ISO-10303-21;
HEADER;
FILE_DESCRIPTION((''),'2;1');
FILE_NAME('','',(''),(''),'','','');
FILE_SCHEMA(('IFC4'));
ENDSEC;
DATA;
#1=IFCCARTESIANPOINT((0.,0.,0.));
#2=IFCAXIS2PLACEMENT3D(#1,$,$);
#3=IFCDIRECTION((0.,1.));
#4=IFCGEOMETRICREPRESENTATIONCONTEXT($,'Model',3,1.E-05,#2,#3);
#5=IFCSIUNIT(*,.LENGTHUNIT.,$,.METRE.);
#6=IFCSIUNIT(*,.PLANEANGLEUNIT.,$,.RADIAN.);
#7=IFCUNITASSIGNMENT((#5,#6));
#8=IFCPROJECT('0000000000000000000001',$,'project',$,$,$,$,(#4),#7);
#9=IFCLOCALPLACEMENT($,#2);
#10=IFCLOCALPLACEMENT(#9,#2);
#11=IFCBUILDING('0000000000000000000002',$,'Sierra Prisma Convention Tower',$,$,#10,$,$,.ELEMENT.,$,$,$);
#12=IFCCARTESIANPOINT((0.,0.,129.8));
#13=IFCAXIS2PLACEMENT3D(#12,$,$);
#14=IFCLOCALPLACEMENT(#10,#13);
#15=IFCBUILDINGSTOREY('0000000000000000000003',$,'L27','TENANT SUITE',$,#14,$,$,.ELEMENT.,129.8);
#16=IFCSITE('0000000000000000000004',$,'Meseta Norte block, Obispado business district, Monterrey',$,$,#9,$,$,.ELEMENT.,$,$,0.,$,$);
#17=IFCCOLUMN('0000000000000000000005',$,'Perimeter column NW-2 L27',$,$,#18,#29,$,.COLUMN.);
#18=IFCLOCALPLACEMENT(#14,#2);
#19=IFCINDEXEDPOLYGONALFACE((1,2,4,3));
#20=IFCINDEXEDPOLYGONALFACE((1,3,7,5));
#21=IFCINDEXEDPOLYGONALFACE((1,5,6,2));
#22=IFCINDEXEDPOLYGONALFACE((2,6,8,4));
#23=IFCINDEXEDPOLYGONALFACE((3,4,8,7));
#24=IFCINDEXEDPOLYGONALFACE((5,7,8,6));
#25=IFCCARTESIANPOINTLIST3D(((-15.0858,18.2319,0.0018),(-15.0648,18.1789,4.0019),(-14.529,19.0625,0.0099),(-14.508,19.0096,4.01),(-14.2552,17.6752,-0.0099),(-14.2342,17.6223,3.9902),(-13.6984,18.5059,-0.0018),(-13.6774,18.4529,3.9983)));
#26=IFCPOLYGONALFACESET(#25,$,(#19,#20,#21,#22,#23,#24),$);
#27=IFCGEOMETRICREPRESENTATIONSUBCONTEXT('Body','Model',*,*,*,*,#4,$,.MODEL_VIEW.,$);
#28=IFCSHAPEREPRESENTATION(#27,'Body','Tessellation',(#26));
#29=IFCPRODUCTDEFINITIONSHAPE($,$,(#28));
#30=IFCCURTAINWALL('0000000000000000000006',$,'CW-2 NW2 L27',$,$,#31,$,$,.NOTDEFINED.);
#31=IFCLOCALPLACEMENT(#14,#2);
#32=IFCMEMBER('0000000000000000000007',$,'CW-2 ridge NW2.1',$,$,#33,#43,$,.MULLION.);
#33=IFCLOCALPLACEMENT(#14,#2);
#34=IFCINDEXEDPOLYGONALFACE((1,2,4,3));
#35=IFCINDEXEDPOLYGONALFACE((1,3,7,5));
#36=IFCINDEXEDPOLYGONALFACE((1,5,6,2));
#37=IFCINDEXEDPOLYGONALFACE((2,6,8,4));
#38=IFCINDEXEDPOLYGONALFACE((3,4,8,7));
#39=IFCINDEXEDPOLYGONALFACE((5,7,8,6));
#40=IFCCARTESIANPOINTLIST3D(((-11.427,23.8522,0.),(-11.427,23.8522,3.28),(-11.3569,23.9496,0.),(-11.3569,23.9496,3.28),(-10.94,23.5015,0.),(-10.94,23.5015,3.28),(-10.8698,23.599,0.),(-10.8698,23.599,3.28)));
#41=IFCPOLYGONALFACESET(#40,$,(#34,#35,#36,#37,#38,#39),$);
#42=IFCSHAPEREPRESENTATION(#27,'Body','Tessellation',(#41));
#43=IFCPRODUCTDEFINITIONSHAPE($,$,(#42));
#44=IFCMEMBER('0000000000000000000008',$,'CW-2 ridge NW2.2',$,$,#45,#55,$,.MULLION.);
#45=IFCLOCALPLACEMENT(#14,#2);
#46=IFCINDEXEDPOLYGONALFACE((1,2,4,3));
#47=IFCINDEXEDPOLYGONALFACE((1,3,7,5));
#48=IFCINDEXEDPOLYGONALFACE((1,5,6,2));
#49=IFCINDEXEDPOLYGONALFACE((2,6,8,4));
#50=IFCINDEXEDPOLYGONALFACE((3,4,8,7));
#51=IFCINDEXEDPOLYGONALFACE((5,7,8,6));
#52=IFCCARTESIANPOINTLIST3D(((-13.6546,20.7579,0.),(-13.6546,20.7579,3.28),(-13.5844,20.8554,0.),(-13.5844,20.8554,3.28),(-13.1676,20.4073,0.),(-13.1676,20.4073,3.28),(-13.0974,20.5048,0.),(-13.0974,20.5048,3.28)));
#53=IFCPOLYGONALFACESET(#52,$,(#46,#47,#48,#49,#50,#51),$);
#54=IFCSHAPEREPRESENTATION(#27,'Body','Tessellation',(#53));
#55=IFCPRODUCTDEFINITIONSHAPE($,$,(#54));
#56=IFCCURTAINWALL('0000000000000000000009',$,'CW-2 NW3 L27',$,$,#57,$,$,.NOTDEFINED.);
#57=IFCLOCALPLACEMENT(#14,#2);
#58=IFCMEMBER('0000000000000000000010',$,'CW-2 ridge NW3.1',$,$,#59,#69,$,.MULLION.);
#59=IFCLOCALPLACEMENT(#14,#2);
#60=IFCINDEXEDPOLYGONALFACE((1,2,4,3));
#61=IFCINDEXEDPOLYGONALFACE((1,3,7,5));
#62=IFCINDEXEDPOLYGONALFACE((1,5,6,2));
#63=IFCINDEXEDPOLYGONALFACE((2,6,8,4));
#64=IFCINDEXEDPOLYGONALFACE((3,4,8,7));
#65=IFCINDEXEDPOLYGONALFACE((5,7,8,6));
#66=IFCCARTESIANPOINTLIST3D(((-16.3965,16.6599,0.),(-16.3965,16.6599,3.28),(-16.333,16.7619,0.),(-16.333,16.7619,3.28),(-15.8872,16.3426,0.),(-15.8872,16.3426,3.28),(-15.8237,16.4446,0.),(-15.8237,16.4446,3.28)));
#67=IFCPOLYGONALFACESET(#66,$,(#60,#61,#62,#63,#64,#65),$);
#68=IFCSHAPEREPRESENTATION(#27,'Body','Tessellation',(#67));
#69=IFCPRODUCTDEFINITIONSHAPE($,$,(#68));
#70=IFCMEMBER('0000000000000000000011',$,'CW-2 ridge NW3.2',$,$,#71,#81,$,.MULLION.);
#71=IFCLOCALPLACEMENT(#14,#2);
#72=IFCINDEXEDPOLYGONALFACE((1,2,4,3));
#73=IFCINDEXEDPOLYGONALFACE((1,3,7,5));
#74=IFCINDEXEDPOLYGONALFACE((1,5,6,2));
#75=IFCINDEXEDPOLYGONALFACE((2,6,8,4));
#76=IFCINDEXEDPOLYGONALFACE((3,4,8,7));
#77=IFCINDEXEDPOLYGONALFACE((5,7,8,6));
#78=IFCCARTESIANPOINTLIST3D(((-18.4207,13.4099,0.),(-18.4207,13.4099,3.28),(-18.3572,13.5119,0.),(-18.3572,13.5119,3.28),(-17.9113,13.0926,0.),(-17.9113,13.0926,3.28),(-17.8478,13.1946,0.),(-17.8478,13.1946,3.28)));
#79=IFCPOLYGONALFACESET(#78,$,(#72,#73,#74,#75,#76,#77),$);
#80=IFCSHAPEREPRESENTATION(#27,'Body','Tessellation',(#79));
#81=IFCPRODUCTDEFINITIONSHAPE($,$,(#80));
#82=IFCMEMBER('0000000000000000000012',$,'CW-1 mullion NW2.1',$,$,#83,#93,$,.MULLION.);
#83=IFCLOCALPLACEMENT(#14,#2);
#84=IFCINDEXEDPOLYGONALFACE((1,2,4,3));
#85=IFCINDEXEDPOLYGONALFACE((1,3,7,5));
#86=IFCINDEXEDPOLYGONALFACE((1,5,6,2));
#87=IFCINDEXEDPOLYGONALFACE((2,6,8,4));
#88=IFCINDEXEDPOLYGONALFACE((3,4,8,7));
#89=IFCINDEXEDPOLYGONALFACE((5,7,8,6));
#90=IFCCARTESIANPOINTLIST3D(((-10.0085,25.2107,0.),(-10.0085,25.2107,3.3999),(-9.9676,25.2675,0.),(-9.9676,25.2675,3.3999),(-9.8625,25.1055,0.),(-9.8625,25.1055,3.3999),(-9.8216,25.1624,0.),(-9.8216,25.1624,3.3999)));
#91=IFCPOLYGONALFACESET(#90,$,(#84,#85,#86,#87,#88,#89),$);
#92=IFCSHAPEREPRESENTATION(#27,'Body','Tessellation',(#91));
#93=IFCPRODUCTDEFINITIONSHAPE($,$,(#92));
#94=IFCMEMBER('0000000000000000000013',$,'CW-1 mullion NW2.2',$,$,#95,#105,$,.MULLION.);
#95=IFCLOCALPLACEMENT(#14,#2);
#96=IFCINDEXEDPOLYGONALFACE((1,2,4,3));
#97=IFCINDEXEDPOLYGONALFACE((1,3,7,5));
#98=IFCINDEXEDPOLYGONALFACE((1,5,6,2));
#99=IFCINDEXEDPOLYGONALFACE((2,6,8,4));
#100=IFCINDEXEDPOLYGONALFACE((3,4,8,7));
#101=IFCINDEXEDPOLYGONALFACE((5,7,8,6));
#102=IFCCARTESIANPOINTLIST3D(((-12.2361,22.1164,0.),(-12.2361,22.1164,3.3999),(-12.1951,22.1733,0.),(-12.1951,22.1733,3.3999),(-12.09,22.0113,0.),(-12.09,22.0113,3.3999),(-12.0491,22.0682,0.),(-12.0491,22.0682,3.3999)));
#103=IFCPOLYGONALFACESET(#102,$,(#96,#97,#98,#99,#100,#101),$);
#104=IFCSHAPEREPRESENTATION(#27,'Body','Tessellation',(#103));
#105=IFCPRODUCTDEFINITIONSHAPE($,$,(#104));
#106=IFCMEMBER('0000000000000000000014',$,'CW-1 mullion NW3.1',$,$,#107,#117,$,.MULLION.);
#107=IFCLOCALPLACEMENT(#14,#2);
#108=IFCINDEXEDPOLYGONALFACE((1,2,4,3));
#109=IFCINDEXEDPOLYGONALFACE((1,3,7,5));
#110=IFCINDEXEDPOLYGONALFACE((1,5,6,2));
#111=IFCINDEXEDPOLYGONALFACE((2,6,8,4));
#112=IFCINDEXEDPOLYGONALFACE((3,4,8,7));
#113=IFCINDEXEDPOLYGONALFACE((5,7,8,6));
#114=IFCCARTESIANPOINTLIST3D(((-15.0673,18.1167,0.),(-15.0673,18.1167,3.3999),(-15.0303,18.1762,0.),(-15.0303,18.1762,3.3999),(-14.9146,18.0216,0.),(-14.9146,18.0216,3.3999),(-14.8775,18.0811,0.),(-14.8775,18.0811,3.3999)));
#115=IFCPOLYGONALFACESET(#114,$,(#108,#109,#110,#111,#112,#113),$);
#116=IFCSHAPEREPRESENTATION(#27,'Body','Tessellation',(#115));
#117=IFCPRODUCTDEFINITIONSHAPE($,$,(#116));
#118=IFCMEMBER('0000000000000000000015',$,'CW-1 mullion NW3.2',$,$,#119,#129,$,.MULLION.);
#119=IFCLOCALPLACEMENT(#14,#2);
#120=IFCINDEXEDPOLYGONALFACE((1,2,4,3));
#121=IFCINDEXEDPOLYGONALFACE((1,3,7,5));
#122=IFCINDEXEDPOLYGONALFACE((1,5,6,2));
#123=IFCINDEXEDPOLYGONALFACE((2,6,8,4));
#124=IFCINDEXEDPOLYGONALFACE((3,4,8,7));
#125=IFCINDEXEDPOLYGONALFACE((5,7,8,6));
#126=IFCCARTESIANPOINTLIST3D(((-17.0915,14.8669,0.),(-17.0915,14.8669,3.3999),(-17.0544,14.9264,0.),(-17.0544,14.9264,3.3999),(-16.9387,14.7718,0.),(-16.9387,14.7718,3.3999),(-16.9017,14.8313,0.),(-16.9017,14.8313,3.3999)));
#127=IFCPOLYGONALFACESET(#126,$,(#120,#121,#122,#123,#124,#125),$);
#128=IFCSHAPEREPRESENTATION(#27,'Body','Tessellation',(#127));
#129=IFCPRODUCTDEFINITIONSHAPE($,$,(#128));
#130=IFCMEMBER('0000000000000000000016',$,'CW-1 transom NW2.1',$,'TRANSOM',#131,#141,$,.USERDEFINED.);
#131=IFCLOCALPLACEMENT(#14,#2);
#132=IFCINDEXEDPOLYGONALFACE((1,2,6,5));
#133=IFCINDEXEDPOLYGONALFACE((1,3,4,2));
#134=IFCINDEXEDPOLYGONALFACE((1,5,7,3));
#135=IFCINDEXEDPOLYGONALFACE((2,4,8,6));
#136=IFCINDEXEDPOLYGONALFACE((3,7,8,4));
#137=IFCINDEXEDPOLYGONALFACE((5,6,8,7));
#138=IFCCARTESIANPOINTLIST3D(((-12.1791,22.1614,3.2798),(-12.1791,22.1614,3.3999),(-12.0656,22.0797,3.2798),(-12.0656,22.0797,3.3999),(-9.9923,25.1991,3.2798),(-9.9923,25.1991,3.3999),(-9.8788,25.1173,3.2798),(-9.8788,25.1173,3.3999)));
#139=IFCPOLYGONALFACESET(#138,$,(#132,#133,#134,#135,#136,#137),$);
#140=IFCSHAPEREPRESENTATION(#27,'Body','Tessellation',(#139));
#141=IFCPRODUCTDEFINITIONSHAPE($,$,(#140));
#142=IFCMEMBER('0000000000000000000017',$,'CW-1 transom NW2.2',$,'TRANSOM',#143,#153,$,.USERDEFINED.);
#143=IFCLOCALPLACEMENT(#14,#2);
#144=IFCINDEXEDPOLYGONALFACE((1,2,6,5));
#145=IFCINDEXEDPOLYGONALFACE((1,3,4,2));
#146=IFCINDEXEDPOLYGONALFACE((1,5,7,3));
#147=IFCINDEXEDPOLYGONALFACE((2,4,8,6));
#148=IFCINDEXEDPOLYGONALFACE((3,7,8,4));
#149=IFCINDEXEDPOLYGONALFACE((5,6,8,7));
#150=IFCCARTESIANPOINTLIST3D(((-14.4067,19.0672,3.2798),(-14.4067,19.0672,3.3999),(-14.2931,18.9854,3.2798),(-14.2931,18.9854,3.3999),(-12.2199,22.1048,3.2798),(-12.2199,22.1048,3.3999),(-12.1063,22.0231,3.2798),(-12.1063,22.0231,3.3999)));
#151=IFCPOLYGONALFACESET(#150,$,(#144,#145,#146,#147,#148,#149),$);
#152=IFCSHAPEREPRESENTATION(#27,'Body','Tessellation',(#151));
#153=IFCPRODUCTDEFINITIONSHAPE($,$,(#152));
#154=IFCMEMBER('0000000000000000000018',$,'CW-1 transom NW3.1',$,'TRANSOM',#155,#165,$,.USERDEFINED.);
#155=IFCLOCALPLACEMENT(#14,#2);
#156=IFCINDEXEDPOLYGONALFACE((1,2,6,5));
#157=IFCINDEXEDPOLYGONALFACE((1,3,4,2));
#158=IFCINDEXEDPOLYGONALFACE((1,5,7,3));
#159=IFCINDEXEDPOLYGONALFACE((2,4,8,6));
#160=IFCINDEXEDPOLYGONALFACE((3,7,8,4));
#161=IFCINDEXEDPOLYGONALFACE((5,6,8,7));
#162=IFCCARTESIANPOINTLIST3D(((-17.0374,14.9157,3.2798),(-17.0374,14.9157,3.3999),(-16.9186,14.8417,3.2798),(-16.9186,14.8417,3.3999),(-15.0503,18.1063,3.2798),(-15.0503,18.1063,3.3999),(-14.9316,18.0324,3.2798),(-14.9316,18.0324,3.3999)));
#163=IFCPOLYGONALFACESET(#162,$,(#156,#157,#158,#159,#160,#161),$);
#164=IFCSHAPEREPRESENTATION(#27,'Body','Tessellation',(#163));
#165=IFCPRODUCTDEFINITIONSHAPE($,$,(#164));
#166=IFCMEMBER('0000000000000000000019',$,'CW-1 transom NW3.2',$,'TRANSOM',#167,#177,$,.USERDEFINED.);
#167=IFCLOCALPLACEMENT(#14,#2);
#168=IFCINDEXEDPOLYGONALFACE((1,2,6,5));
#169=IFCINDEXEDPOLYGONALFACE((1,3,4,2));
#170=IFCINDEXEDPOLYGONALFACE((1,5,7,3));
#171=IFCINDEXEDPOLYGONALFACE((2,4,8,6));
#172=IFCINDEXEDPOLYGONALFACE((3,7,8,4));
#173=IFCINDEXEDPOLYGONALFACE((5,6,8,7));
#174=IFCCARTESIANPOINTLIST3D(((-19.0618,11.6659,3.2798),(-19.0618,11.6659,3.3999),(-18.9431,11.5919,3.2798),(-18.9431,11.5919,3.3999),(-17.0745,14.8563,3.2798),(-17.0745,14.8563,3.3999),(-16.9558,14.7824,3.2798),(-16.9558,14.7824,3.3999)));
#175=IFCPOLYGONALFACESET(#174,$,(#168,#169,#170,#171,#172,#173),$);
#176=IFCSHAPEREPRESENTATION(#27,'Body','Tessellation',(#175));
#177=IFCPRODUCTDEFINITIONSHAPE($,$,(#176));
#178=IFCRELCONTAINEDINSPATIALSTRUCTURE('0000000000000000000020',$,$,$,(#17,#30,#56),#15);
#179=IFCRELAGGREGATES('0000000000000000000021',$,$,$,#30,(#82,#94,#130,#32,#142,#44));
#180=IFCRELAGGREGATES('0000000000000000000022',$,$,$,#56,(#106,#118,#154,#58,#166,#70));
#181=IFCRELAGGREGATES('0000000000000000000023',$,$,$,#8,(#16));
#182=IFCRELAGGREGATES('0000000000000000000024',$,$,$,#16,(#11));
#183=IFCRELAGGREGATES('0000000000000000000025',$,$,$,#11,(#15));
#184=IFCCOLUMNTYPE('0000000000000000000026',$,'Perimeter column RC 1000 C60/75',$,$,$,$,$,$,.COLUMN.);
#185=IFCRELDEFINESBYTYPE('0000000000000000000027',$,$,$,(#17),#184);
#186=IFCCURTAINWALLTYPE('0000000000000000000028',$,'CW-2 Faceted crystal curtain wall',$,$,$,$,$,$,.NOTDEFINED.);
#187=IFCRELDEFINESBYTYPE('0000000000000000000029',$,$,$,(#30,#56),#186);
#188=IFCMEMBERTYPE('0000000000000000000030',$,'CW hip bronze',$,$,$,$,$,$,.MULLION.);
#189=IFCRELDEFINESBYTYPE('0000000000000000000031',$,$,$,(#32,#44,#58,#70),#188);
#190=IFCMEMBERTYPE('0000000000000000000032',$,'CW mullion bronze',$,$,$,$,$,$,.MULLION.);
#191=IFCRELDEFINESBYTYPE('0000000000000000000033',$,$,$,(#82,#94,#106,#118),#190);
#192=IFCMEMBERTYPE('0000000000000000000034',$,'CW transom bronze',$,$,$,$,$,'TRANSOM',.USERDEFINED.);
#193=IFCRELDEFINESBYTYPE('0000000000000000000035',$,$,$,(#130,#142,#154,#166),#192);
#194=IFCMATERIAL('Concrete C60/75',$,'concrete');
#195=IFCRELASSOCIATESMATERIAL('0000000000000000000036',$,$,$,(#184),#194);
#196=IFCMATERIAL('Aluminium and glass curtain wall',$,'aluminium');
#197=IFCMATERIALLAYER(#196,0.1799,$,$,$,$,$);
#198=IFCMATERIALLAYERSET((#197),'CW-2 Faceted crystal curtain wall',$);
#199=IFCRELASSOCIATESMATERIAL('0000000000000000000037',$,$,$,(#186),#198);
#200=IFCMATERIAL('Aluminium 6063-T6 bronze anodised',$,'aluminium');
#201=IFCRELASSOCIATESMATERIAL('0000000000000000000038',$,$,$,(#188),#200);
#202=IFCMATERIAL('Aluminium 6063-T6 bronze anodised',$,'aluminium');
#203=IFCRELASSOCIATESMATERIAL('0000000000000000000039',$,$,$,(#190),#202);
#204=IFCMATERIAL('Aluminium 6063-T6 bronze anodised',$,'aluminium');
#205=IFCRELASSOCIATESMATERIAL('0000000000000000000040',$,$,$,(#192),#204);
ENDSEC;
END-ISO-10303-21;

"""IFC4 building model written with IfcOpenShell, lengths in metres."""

from ifc_helpers import new_model, si_unit, direction, frame, origin, origin_2d, place, context, subcontext, project, spatial, rectangle, extrude, material, layer, layer_set, material_profile, profile_set, type_object, element, aggregate, save


model = new_model("IFC4")

# Units and contexts
model_context = context("Model", 3, precision=1e-05, world=origin(), true_north=direction((0.0, 1.0)))
body_context = subcontext(model_context, "Body", "Model", "MODEL_VIEW")
ifc_project = project(units=[si_unit("LENGTHUNIT", "METRE"), si_unit("PLANEANGLEUNIT", "RADIAN")], contexts=[model_context])

# Site, building, storey
site_placement = place(None, origin())
site = spatial("IfcSite", under=ifc_project, at=site_placement, Name="Meseta Norte block, Obispado business district, Monterrey", CompositionType="ELEMENT", RefElevation=0.0)
building_placement = place(site_placement, origin())
building = spatial("IfcBuilding", under=site, at=building_placement, Name="Sierra Prisma Convention Tower", CompositionType="ELEMENT")
storey_placement = place(building_placement, frame((0.0, 0.0, 129.8)))
storey = spatial("IfcBuildingStorey", under=building, at=storey_placement, Name="L27", Description="TENANT SUITE", CompositionType="ELEMENT", Elevation=129.8)

# Column
ifc_material_1 = material(Name="Concrete C60/75", Category="concrete")
ifc_material_profile_1 = material_profile(ifc_material_1, rectangle(XDim=1.0, YDim=1.0, at=origin_2d()), Name="Perimeter column RC 1000 C60/75")
ifc_profile_set_1 = profile_set([ifc_material_profile_1], Name="Concrete C60/75")
column_type = type_object("IfcColumnType", Name="Perimeter column RC 1000 C60/75", PredefinedType="COLUMN", material=ifc_profile_set_1)
column_placement = place(storey_placement, frame((-14.3921, 18.3689, 0.0), z_axis=(0.005248, -0.013243, 0.999899), x_axis=(0.556777, 0.830623, 0.008079)))
element("IfcColumn", 1, at=column_placement, inside=storey, type_object=column_type, Name="Perimeter column NW-2 L27", PredefinedType="COLUMN", context=body_context, shape_type="SweptSolid", body=[
    extrude(rectangle(XDim=1.0, YDim=1.0, at=origin_2d()), origin(), (0.0, 0.0, 1.0), 4.0005),
])

# Curtain walls, members
ifc_material_2 = material(Name="Aluminium and glass curtain wall", Category="aluminium")
ifc_layer_1 = layer(ifc_material_2, 0.1799)
ifc_layer_set_1 = layer_set([ifc_layer_1], Name="CW-2 Faceted crystal curtain wall")
curtain_wall_type = type_object("IfcCurtainWallType", Name="CW-2 Faceted crystal curtain wall", PredefinedType="NOTDEFINED", material=ifc_layer_set_1)
curtain_wall_1_placement = place(storey_placement, origin())
curtain_wall_1 = element("IfcCurtainWall", 2, at=curtain_wall_1_placement, inside=storey, type_object=curtain_wall_type, Name="CW-2 NW2 L27", PredefinedType="NOTDEFINED")
ifc_material_3 = material(Name="Aluminium 6063-T6 bronze anodised", Category="aluminium")
ifc_material_profile_2 = material_profile(ifc_material_3, rectangle(XDim=0.1201, YDim=0.6001, at=origin_2d()), Name="ALU RIDGE BLADE 120x600")
ifc_profile_set_2 = profile_set([ifc_material_profile_2], Name="Aluminium 6063-T6 bronze anodised")
member_type_1 = type_object("IfcMemberType", Name="CW hip bronze", PredefinedType="MULLION", material=ifc_profile_set_2)
member_1_placement = place(storey_placement, frame((-11.1484, 23.7256, 0.0), z_axis=(0.0, 0.0, 1.0), x_axis=(-0.584258, -0.811568, 0.0)))
member_1 = element("IfcMember", 3, at=member_1_placement, type_object=member_type_1, Name="CW-2 ridge NW2.1", PredefinedType="MULLION", context=body_context, shape_type="SweptSolid", body=[
    extrude(rectangle(XDim=0.1201, YDim=0.6001, at=origin_2d()), origin(), (0.0, 0.0, 1.0), 3.28),
])
member_2_placement = place(storey_placement, frame((-13.376, 20.6313, 0.0), z_axis=(0.0, 0.0, 1.0), x_axis=(-0.584258, -0.811568, 0.0)))
member_2 = element("IfcMember", 4, at=member_2_placement, type_object=member_type_1, Name="CW-2 ridge NW2.2", PredefinedType="MULLION", context=body_context, shape_type="SweptSolid", body=[
    extrude(rectangle(XDim=0.1201, YDim=0.6001, at=origin_2d()), origin(), (0.0, 0.0, 1.0), 3.28),
])
curtain_wall_2_placement = place(storey_placement, origin())
curtain_wall_2 = element("IfcCurtainWall", 5, at=curtain_wall_2_placement, inside=storey, type_object=curtain_wall_type, Name="CW-2 NW3 L27", PredefinedType="NOTDEFINED")
member_3_placement = place(storey_placement, frame((-16.1101, 16.5522, 0.0), z_axis=(0.0, 0.0, 1.0), x_axis=(-0.528688, -0.848816, 0.0)))
member_3 = element("IfcMember", 6, at=member_3_placement, type_object=member_type_1, Name="CW-2 ridge NW3.1", PredefinedType="MULLION", context=body_context, shape_type="SweptSolid", body=[
    extrude(rectangle(XDim=0.1201, YDim=0.6001, at=origin_2d()), origin(), (0.0, 0.0, 1.0), 3.28),
])
member_4_placement = place(storey_placement, frame((-18.1343, 13.3022, 0.0), z_axis=(0.0, 0.0, 1.0), x_axis=(-0.528688, -0.848816, 0.0)))
member_4 = element("IfcMember", 7, at=member_4_placement, type_object=member_type_1, Name="CW-2 ridge NW3.2", PredefinedType="MULLION", context=body_context, shape_type="SweptSolid", body=[
    extrude(rectangle(XDim=0.1201, YDim=0.6001, at=origin_2d()), origin(), (0.0, 0.0, 1.0), 3.28),
])

# Members
ifc_material_4 = material(Name="Aluminium 6063-T6 bronze anodised", Category="aluminium")
ifc_material_profile_3 = material_profile(ifc_material_4, rectangle(XDim=0.1799, YDim=0.0701, at=origin_2d()), Name="ALU MULLION 70x180")
ifc_profile_set_3 = profile_set([ifc_material_profile_3], Name="Aluminium 6063-T6 bronze anodised")
member_type_2 = type_object("IfcMemberType", Name="CW mullion bronze", PredefinedType="MULLION", material=ifc_profile_set_3)
member_5_placement = place(storey_placement, frame((-9.915, 25.1865, 0.0), z_axis=(0.0, 0.0, 1.0), x_axis=(0.811568, -0.584258, 0.0)))
member_5 = element("IfcMember", 8, at=member_5_placement, type_object=member_type_2, Name="CW-1 mullion NW2.1", PredefinedType="MULLION", context=body_context, shape_type="SweptSolid", body=[
    extrude(rectangle(XDim=0.1799, YDim=0.0701, at=origin_2d()), origin(), (0.0, 0.0, 1.0), 3.3999),
])
member_6_placement = place(storey_placement, frame((-12.1426, 22.0923, 0.0), z_axis=(0.0, 0.0, 1.0), x_axis=(0.811568, -0.584258, 0.0)))
member_6 = element("IfcMember", 9, at=member_6_placement, type_object=member_type_2, Name="CW-1 mullion NW2.2", PredefinedType="MULLION", context=body_context, shape_type="SweptSolid", body=[
    extrude(rectangle(XDim=0.1799, YDim=0.0701, at=origin_2d()), origin(), (0.0, 0.0, 1.0), 3.3999),
])
member_7_placement = place(storey_placement, frame((-14.9724, 18.0989, 0.0), z_axis=(0.0, 0.0, 1.0), x_axis=(0.848816, -0.528688, 0.0)))
member_7 = element("IfcMember", 10, at=member_7_placement, type_object=member_type_2, Name="CW-1 mullion NW3.1", PredefinedType="MULLION", context=body_context, shape_type="SweptSolid", body=[
    extrude(rectangle(XDim=0.1799, YDim=0.0701, at=origin_2d()), origin(), (0.0, 0.0, 1.0), 3.3999),
])
member_8_placement = place(storey_placement, frame((-16.9966, 14.8491, 0.0), z_axis=(0.0, 0.0, 1.0), x_axis=(0.848816, -0.528688, 0.0)))
member_8 = element("IfcMember", 11, at=member_8_placement, type_object=member_type_2, Name="CW-1 mullion NW3.2", PredefinedType="MULLION", context=body_context, shape_type="SweptSolid", body=[
    extrude(rectangle(XDim=0.1799, YDim=0.0701, at=origin_2d()), origin(), (0.0, 0.0, 1.0), 3.3999),
])
ifc_material_5 = material(Name="Aluminium 6063-T6 bronze anodised", Category="aluminium")
ifc_material_profile_4 = material_profile(ifc_material_5, rectangle(XDim=0.1399, YDim=0.1201, at=origin_2d()), Name="ALU TRANSOM 120x140")
ifc_profile_set_4 = profile_set([ifc_material_profile_4], Name="Aluminium 6063-T6 bronze anodised")
member_type_3 = type_object("IfcMemberType", Name="CW transom bronze", ElementType="TRANSOM", PredefinedType="USERDEFINED", material=ifc_profile_set_4)
member_9_placement = place(storey_placement, frame((-9.9355, 25.1582, 3.3398), z_axis=(-0.584251, -0.811573, 0.0), x_axis=(0.811573, -0.584251, 0.0)))
member_9 = element("IfcMember", 12, at=member_9_placement, type_object=member_type_3, Name="CW-1 transom NW2.1", ObjectType="TRANSOM", PredefinedType="USERDEFINED", context=body_context, shape_type="SweptSolid", body=[
    extrude(rectangle(XDim=0.1399, YDim=0.1201, at=origin_2d()), origin(), (0.0, 0.0, 1.0), 3.7429),
])
member_10_placement = place(storey_placement, frame((-12.1631, 22.064, 3.3398), z_axis=(-0.584251, -0.811573, 0.0), x_axis=(0.811573, -0.584251, 0.0)))
member_10 = element("IfcMember", 13, at=member_10_placement, type_object=member_type_3, Name="CW-1 transom NW2.2", ObjectType="TRANSOM", PredefinedType="USERDEFINED", context=body_context, shape_type="SweptSolid", body=[
    extrude(rectangle(XDim=0.1399, YDim=0.1201, at=origin_2d()), origin(), (0.0, 0.0, 1.0), 3.7429),
])
member_11_placement = place(storey_placement, frame((-14.991, 18.0693, 3.3398), z_axis=(-0.528638, -0.848847, 0.0), x_axis=(0.848847, -0.528638, 0.0)))
member_11 = element("IfcMember", 14, at=member_11_placement, type_object=member_type_3, Name="CW-1 transom NW3.1", ObjectType="TRANSOM", PredefinedType="USERDEFINED", context=body_context, shape_type="SweptSolid", body=[
    extrude(rectangle(XDim=0.1399, YDim=0.1201, at=origin_2d()), origin(), (0.0, 0.0, 1.0), 3.7588),
])
member_12_placement = place(storey_placement, frame((-17.0151, 14.8193, 3.3398), z_axis=(-0.528714, -0.8488, 0.0), x_axis=(0.8488, -0.528714, 0.0)))
member_12 = element("IfcMember", 15, at=member_12_placement, type_object=member_type_3, Name="CW-1 transom NW3.2", ObjectType="TRANSOM", PredefinedType="USERDEFINED", context=body_context, shape_type="SweptSolid", body=[
    extrude(rectangle(XDim=0.1399, YDim=0.1201, at=origin_2d()), origin(), (0.0, 0.0, 1.0), 3.7588),
])

aggregate(curtain_wall_1, [member_5, member_6, member_9, member_1, member_10, member_2])
aggregate(curtain_wall_2, [member_7, member_8, member_11, member_3, member_12, member_4])

save(model, "model.ifc")
